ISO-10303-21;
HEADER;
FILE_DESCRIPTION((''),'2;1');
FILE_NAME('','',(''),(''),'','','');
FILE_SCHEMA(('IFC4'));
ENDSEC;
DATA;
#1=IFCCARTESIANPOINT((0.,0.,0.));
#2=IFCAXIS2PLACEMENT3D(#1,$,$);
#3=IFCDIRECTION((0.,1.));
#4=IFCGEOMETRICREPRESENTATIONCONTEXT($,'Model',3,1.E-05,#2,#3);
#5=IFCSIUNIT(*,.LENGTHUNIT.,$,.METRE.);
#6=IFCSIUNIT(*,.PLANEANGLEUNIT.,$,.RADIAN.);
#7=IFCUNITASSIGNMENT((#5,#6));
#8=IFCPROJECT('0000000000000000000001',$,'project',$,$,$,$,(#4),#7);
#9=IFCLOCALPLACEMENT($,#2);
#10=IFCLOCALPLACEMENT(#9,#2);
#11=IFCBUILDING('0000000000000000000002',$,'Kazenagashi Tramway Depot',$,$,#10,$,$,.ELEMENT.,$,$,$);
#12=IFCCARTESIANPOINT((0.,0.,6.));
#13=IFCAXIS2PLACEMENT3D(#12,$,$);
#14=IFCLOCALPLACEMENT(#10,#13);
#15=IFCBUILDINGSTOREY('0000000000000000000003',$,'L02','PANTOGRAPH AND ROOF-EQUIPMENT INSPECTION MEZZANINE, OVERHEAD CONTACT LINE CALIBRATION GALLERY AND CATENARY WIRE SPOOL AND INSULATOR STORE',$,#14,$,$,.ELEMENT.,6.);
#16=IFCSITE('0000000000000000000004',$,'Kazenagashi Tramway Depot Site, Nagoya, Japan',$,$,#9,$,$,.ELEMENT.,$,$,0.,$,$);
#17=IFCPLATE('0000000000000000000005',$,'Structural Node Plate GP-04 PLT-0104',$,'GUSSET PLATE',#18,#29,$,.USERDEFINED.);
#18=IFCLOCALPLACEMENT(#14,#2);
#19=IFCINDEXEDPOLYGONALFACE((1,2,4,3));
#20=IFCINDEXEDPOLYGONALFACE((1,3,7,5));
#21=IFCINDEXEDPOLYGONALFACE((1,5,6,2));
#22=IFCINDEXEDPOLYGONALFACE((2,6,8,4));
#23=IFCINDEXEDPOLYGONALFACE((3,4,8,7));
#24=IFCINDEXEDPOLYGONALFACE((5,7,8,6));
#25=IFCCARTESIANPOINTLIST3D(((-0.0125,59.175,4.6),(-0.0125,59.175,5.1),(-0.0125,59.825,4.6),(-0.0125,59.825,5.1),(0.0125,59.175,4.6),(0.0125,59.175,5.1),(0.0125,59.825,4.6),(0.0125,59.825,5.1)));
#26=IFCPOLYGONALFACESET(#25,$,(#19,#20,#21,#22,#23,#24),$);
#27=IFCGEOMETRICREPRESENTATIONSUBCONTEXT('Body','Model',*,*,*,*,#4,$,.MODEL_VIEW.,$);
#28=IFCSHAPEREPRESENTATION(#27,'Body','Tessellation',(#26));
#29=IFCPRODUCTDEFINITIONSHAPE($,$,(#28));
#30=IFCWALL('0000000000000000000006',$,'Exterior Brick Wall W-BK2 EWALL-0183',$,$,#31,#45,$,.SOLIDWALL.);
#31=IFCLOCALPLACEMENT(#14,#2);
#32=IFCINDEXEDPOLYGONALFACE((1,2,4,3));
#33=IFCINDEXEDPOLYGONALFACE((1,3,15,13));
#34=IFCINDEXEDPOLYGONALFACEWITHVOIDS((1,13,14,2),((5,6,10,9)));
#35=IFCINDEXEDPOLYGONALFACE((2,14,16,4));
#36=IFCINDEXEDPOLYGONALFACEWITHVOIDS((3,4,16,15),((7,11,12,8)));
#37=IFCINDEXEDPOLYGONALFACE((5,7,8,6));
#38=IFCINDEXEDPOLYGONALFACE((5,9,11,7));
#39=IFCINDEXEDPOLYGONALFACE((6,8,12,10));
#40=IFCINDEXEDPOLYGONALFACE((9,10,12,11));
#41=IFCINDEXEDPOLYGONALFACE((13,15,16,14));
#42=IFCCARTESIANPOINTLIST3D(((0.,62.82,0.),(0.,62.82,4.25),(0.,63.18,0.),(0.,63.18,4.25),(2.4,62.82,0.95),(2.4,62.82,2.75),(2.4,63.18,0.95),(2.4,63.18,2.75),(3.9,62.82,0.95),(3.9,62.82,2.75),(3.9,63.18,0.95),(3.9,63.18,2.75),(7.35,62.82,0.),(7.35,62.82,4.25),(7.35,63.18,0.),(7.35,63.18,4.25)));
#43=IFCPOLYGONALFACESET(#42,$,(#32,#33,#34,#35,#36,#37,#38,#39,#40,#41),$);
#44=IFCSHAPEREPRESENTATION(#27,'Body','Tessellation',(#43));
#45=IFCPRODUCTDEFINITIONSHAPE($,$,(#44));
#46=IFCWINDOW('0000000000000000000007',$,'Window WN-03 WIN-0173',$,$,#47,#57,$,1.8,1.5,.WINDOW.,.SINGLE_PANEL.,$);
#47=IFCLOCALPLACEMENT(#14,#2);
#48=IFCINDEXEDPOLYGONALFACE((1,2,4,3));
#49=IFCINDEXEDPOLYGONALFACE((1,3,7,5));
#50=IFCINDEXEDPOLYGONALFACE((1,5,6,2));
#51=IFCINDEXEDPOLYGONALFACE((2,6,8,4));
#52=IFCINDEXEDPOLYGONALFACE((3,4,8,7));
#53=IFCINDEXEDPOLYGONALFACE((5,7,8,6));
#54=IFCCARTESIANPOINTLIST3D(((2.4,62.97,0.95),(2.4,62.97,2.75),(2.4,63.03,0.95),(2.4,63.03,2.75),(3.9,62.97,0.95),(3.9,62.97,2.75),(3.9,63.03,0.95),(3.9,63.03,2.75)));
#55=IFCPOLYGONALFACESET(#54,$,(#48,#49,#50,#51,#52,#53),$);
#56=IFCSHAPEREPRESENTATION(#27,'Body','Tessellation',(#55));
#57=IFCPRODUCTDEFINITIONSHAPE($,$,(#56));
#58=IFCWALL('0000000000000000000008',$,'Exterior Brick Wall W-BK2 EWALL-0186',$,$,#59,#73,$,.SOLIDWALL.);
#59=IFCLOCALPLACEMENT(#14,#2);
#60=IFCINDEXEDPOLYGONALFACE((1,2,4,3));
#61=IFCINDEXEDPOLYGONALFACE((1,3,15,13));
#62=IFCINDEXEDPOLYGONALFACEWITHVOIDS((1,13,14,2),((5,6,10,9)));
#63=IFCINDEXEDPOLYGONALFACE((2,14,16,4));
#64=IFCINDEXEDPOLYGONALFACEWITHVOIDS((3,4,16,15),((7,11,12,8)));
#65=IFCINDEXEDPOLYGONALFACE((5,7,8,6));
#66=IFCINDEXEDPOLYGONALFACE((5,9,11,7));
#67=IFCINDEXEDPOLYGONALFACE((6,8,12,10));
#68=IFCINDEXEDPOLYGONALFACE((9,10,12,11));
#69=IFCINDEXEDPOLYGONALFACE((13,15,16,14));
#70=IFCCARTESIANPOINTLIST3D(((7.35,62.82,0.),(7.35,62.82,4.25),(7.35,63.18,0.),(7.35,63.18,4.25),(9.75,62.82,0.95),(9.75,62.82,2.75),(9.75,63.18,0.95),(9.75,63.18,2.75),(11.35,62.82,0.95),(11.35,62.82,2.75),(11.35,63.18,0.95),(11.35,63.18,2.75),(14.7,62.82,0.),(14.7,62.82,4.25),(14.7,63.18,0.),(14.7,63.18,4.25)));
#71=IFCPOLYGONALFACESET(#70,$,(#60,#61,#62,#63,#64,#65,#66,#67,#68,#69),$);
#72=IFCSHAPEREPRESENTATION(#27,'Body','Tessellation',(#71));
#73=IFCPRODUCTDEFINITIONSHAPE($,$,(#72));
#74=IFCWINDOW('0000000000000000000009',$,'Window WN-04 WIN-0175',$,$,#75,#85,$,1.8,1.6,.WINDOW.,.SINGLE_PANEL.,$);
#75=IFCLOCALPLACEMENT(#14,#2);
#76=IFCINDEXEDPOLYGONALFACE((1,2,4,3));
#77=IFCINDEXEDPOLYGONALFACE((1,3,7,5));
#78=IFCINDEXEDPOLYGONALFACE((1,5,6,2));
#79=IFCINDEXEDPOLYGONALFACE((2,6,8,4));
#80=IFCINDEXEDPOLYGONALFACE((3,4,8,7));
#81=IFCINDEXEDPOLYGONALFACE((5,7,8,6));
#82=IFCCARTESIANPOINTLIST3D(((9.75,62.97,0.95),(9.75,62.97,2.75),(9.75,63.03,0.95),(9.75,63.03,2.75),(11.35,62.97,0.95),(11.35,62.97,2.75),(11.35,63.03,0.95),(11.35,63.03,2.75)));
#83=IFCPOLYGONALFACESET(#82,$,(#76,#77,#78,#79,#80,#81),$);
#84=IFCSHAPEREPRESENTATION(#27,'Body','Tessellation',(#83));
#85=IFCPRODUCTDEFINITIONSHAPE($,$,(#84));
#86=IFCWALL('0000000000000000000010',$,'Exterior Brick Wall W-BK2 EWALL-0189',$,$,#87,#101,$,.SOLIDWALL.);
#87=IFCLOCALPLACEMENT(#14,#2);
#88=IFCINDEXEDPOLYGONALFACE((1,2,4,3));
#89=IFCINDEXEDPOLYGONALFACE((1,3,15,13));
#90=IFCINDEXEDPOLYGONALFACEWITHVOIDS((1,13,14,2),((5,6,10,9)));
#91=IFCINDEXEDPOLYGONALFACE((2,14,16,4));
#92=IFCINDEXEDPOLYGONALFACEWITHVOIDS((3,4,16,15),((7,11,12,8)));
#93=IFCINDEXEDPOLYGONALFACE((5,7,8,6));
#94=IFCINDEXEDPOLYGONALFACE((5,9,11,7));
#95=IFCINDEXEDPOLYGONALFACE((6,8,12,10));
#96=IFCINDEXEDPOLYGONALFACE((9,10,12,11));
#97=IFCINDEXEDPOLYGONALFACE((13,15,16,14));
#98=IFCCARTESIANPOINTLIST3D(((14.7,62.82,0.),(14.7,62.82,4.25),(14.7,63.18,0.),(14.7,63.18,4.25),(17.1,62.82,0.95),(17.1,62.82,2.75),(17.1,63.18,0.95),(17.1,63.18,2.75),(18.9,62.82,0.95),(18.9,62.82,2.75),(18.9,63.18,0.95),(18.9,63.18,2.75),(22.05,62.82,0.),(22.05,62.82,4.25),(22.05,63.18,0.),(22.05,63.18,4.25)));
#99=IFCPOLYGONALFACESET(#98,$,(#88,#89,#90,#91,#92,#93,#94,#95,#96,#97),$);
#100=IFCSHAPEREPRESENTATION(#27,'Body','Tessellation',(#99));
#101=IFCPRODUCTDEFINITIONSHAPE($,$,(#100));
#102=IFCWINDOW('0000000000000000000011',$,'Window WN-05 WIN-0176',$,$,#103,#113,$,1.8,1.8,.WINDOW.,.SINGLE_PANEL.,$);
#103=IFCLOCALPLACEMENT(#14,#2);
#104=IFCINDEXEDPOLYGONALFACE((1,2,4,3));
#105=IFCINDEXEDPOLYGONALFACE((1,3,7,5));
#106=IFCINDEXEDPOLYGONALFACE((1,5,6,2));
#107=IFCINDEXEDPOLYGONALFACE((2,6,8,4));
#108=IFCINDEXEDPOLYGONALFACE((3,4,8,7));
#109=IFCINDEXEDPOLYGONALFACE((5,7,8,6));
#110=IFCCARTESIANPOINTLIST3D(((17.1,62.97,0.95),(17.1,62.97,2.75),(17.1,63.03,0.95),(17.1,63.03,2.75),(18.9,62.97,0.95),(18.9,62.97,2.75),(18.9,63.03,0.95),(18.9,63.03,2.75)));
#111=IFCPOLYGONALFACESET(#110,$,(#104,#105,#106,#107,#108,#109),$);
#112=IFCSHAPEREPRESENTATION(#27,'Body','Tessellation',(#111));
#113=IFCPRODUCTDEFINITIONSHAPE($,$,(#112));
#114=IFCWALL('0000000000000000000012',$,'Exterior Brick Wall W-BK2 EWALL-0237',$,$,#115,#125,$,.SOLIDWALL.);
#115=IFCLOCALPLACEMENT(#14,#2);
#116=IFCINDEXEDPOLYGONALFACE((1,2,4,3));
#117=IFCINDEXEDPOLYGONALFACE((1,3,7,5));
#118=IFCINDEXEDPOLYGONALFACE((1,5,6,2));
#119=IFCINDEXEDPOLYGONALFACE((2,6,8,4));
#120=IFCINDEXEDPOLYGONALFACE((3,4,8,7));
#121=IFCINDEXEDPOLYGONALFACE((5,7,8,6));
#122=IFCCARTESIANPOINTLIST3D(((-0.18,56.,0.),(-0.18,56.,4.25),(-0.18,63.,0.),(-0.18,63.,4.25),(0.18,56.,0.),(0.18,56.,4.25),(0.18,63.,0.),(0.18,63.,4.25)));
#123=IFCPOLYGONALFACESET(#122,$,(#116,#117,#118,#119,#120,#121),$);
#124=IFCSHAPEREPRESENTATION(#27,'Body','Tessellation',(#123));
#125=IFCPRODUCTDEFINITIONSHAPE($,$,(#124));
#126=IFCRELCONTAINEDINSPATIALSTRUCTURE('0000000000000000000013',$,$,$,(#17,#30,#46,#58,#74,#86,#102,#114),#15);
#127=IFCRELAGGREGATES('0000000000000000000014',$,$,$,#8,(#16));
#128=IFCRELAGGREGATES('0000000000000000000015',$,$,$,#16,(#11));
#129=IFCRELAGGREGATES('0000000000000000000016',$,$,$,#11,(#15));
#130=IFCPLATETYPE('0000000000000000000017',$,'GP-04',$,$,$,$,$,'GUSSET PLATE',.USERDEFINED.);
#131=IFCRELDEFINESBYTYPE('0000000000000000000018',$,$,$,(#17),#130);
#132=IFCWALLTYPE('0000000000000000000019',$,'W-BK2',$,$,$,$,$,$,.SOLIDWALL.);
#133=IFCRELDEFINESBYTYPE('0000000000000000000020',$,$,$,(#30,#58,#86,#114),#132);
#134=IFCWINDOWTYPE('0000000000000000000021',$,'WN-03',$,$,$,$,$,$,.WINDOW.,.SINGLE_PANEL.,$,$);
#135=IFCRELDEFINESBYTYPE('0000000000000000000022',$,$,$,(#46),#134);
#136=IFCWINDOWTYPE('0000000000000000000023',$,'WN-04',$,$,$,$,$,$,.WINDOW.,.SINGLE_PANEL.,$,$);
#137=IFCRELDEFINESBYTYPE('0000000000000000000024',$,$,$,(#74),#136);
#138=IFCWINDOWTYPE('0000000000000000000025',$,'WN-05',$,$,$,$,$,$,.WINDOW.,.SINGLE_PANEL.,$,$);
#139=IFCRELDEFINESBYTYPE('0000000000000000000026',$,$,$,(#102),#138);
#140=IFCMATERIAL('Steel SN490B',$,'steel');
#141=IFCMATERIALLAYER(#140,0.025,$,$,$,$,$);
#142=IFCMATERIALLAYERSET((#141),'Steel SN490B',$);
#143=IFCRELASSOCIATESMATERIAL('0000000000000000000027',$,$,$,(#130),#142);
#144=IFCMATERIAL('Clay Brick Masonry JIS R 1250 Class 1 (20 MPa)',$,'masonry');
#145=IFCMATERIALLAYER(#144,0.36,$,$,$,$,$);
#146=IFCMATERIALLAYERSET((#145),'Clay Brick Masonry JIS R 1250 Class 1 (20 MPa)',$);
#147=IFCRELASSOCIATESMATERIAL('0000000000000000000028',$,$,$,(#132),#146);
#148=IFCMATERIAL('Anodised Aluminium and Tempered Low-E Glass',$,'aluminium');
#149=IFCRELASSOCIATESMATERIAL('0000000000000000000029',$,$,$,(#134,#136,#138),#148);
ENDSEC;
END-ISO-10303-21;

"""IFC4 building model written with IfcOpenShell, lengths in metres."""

from ifc_helpers import new_model, si_unit, direction, frame, frame_2d, origin, origin_2d, place, context, subcontext, project, spatial, rectangle, extrude, material, layer, layer_set, type_object, element, fill, save


model = new_model("IFC4")

# Units and contexts
model_context = context("Model", 3, precision=1e-05, world=origin(), true_north=direction((0.0, 1.0)))
body_context = subcontext(model_context, "Body", "Model", "MODEL_VIEW")
ifc_project = project(units=[si_unit("LENGTHUNIT", "METRE"), si_unit("PLANEANGLEUNIT", "RADIAN")], contexts=[model_context])

# Site, building, storey
site_placement = place(None, origin())
site = spatial("IfcSite", under=ifc_project, at=site_placement, Name="Kazenagashi Tramway Depot Site, Nagoya, Japan", CompositionType="ELEMENT", RefElevation=0.0)
building_placement = place(site_placement, origin())
building = spatial("IfcBuilding", under=site, at=building_placement, Name="Kazenagashi Tramway Depot", CompositionType="ELEMENT")
storey_placement = place(building_placement, frame((0.0, 0.0, 6.0)))
storey = spatial("IfcBuildingStorey", under=building, at=storey_placement, Name="L02", Description="PANTOGRAPH AND ROOF-EQUIPMENT INSPECTION MEZZANINE, OVERHEAD CONTACT LINE CALIBRATION GALLERY AND CATENARY WIRE SPOOL AND INSULATOR STORE", CompositionType="ELEMENT", Elevation=6.0)

# Shared definitions
ifc_material_1 = material(Name="Steel SN490B", Category="steel")

# Plate
ifc_layer_1 = layer(ifc_material_1, 0.025)
ifc_layer_set_1 = layer_set([ifc_layer_1], Name="Steel SN490B")
plate_type_1 = type_object("IfcPlateType", Name="GP-04", ElementType="GUSSET PLATE", PredefinedType="USERDEFINED", material=ifc_layer_set_1)
plate_placement = place(storey_placement, frame((0.0, 59.5, 4.6), z_axis=(0.0, 0.0, 1.0), x_axis=(0.0, 1.0, 0.0)))
element("IfcPlate", 1, at=plate_placement, inside=storey, type_object=plate_type_1, Name="Structural Node Plate GP-04 PLT-0104", ObjectType="GUSSET PLATE", PredefinedType="USERDEFINED", context=body_context, shape_type="SweptSolid", body=[
    extrude(rectangle(XDim=0.65, YDim=0.025, at=origin_2d()), origin(), (0.0, 0.0, 1.0), 0.5),
])

# Walls, openings, windows
ifc_material_2 = material(Name="Clay Brick Masonry JIS R 1250 Class 1 (20 MPa)", Category="masonry")
ifc_layer_2 = layer(ifc_material_2, 0.36)
ifc_layer_set_2 = layer_set([ifc_layer_2], Name="Clay Brick Masonry JIS R 1250 Class 1 (20 MPa)")
wall_type = type_object("IfcWallType", Name="W-BK2", PredefinedType="SOLIDWALL", material=ifc_layer_set_2)
wall_1_placement = place(storey_placement, frame((0.0, 63.0, 0.0), z_axis=(0.0, 0.0, 1.0), x_axis=(1.0, 0.0, 0.0)))
wall_1 = element("IfcWall", 2, at=wall_1_placement, inside=storey, type_object=wall_type, Name="Exterior Brick Wall W-BK2 EWALL-0183", PredefinedType="SOLIDWALL", context=body_context, shape_type="SweptSolid", body=[
    extrude(rectangle(XDim=7.35, YDim=0.36, at=frame_2d((3.675, 0.0))), origin(), (0.0, 0.0, 1.0), 4.25),
])
opening_1_placement = place(wall_1_placement, frame((2.4, 0.0, 0.95)))
opening_1 = element("IfcOpeningElement", 3, at=opening_1_placement, cuts=wall_1, PredefinedType="OPENING", context=body_context, shape_type="SweptSolid", body=[
    extrude(rectangle(XDim=1.5, YDim=1.8, at=frame_2d((0.75, 0.9))), frame((0.0, 0.19, 0.0), z_axis=(0.0, -1.0, 0.0), x_axis=(1.0, 0.0, 0.0)), (0.0, 0.0, 1.0), 0.38),
])
ifc_material_3 = material(Name="Anodised Aluminium and Tempered Low-E Glass", Category="aluminium")
window_type_1 = type_object("IfcWindowType", Name="WN-03", PartitioningType="SINGLE_PANEL", PredefinedType="WINDOW", material=ifc_material_3)
window_1_placement = place(opening_1_placement, origin())
window_1 = element("IfcWindow", 4, at=window_1_placement, inside=storey, type_object=window_type_1, Name="Window WN-03 WIN-0173", OverallHeight=1.8, OverallWidth=1.5, PartitioningType="SINGLE_PANEL", PredefinedType="WINDOW", context=body_context, shape_type="SweptSolid", body=[
    extrude(rectangle(XDim=1.5, YDim=1.8, at=frame_2d((0.75, 0.9))), frame((0.0, 0.03, 0.0), z_axis=(0.0, -1.0, 0.0), x_axis=(1.0, 0.0, 0.0)), (0.0, 0.0, 1.0), 0.06),
])
fill(opening_1, window_1)
wall_2_placement = place(storey_placement, frame((7.35, 63.0, 0.0), z_axis=(0.0, 0.0, 1.0), x_axis=(1.0, 0.0, 0.0)))
wall_2 = element("IfcWall", 5, at=wall_2_placement, inside=storey, type_object=wall_type, Name="Exterior Brick Wall W-BK2 EWALL-0186", PredefinedType="SOLIDWALL", context=body_context, shape_type="SweptSolid", body=[
    extrude(rectangle(XDim=7.35, YDim=0.36, at=frame_2d((3.675, 0.0))), origin(), (0.0, 0.0, 1.0), 4.25),
])
opening_2_placement = place(wall_2_placement, frame((2.4, 0.0, 0.95)))
opening_2 = element("IfcOpeningElement", 6, at=opening_2_placement, cuts=wall_2, PredefinedType="OPENING", context=body_context, shape_type="SweptSolid", body=[
    extrude(rectangle(XDim=1.6, YDim=1.8, at=frame_2d((0.8, 0.9))), frame((0.0, 0.19, 0.0), z_axis=(0.0, -1.0, 0.0), x_axis=(1.0, 0.0, 0.0)), (0.0, 0.0, 1.0), 0.38),
])
window_type_2 = type_object("IfcWindowType", Name="WN-04", PartitioningType="SINGLE_PANEL", PredefinedType="WINDOW", material=ifc_material_3)
window_2_placement = place(opening_2_placement, origin())
window_2 = element("IfcWindow", 7, at=window_2_placement, inside=storey, type_object=window_type_2, Name="Window WN-04 WIN-0175", OverallHeight=1.8, OverallWidth=1.6, PartitioningType="SINGLE_PANEL", PredefinedType="WINDOW", context=body_context, shape_type="SweptSolid", body=[
    extrude(rectangle(XDim=1.6, YDim=1.8, at=frame_2d((0.8, 0.9))), frame((0.0, 0.03, 0.0), z_axis=(0.0, -1.0, 0.0), x_axis=(1.0, 0.0, 0.0)), (0.0, 0.0, 1.0), 0.06),
])
fill(opening_2, window_2)
wall_3_placement = place(storey_placement, frame((14.7, 63.0, 0.0), z_axis=(0.0, 0.0, 1.0), x_axis=(1.0, 0.0, 0.0)))
wall_3 = element("IfcWall", 8, at=wall_3_placement, inside=storey, type_object=wall_type, Name="Exterior Brick Wall W-BK2 EWALL-0189", PredefinedType="SOLIDWALL", context=body_context, shape_type="SweptSolid", body=[
    extrude(rectangle(XDim=7.35, YDim=0.36, at=frame_2d((3.675, 0.0))), origin(), (0.0, 0.0, 1.0), 4.25),
])
opening_3_placement = place(wall_3_placement, frame((2.4, 0.0, 0.95)))
opening_3 = element("IfcOpeningElement", 9, at=opening_3_placement, cuts=wall_3, PredefinedType="OPENING", context=body_context, shape_type="SweptSolid", body=[
    extrude(rectangle(XDim=1.8, YDim=1.8, at=frame_2d((0.9, 0.9))), frame((0.0, 0.19, 0.0), z_axis=(0.0, -1.0, 0.0), x_axis=(1.0, 0.0, 0.0)), (0.0, 0.0, 1.0), 0.38),
])
window_type_3 = type_object("IfcWindowType", Name="WN-05", PartitioningType="SINGLE_PANEL", PredefinedType="WINDOW", material=ifc_material_3)
window_3_placement = place(opening_3_placement, origin())
window_3 = element("IfcWindow", 10, at=window_3_placement, inside=storey, type_object=window_type_3, Name="Window WN-05 WIN-0176", OverallHeight=1.8, OverallWidth=1.8, PartitioningType="SINGLE_PANEL", PredefinedType="WINDOW", context=body_context, shape_type="SweptSolid", body=[
    extrude(rectangle(XDim=1.8, YDim=1.8, at=frame_2d((0.9, 0.9))), frame((0.0, 0.03, 0.0), z_axis=(0.0, -1.0, 0.0), x_axis=(1.0, 0.0, 0.0)), (0.0, 0.0, 1.0), 0.06),
])
fill(opening_3, window_3)

# Wall
wall_4_placement = place(storey_placement, frame((0.0, 56.0, 0.0), z_axis=(0.0, 0.0, 1.0), x_axis=(0.0, 1.0, 0.0)))
element("IfcWall", 11, at=wall_4_placement, inside=storey, type_object=wall_type, Name="Exterior Brick Wall W-BK2 EWALL-0237", PredefinedType="SOLIDWALL", context=body_context, shape_type="SweptSolid", body=[
    extrude(rectangle(XDim=7.0, YDim=0.36, at=frame_2d((3.5, 0.0))), origin(), (0.0, 0.0, 1.0), 4.25),
])

save(model, "model.ifc")
